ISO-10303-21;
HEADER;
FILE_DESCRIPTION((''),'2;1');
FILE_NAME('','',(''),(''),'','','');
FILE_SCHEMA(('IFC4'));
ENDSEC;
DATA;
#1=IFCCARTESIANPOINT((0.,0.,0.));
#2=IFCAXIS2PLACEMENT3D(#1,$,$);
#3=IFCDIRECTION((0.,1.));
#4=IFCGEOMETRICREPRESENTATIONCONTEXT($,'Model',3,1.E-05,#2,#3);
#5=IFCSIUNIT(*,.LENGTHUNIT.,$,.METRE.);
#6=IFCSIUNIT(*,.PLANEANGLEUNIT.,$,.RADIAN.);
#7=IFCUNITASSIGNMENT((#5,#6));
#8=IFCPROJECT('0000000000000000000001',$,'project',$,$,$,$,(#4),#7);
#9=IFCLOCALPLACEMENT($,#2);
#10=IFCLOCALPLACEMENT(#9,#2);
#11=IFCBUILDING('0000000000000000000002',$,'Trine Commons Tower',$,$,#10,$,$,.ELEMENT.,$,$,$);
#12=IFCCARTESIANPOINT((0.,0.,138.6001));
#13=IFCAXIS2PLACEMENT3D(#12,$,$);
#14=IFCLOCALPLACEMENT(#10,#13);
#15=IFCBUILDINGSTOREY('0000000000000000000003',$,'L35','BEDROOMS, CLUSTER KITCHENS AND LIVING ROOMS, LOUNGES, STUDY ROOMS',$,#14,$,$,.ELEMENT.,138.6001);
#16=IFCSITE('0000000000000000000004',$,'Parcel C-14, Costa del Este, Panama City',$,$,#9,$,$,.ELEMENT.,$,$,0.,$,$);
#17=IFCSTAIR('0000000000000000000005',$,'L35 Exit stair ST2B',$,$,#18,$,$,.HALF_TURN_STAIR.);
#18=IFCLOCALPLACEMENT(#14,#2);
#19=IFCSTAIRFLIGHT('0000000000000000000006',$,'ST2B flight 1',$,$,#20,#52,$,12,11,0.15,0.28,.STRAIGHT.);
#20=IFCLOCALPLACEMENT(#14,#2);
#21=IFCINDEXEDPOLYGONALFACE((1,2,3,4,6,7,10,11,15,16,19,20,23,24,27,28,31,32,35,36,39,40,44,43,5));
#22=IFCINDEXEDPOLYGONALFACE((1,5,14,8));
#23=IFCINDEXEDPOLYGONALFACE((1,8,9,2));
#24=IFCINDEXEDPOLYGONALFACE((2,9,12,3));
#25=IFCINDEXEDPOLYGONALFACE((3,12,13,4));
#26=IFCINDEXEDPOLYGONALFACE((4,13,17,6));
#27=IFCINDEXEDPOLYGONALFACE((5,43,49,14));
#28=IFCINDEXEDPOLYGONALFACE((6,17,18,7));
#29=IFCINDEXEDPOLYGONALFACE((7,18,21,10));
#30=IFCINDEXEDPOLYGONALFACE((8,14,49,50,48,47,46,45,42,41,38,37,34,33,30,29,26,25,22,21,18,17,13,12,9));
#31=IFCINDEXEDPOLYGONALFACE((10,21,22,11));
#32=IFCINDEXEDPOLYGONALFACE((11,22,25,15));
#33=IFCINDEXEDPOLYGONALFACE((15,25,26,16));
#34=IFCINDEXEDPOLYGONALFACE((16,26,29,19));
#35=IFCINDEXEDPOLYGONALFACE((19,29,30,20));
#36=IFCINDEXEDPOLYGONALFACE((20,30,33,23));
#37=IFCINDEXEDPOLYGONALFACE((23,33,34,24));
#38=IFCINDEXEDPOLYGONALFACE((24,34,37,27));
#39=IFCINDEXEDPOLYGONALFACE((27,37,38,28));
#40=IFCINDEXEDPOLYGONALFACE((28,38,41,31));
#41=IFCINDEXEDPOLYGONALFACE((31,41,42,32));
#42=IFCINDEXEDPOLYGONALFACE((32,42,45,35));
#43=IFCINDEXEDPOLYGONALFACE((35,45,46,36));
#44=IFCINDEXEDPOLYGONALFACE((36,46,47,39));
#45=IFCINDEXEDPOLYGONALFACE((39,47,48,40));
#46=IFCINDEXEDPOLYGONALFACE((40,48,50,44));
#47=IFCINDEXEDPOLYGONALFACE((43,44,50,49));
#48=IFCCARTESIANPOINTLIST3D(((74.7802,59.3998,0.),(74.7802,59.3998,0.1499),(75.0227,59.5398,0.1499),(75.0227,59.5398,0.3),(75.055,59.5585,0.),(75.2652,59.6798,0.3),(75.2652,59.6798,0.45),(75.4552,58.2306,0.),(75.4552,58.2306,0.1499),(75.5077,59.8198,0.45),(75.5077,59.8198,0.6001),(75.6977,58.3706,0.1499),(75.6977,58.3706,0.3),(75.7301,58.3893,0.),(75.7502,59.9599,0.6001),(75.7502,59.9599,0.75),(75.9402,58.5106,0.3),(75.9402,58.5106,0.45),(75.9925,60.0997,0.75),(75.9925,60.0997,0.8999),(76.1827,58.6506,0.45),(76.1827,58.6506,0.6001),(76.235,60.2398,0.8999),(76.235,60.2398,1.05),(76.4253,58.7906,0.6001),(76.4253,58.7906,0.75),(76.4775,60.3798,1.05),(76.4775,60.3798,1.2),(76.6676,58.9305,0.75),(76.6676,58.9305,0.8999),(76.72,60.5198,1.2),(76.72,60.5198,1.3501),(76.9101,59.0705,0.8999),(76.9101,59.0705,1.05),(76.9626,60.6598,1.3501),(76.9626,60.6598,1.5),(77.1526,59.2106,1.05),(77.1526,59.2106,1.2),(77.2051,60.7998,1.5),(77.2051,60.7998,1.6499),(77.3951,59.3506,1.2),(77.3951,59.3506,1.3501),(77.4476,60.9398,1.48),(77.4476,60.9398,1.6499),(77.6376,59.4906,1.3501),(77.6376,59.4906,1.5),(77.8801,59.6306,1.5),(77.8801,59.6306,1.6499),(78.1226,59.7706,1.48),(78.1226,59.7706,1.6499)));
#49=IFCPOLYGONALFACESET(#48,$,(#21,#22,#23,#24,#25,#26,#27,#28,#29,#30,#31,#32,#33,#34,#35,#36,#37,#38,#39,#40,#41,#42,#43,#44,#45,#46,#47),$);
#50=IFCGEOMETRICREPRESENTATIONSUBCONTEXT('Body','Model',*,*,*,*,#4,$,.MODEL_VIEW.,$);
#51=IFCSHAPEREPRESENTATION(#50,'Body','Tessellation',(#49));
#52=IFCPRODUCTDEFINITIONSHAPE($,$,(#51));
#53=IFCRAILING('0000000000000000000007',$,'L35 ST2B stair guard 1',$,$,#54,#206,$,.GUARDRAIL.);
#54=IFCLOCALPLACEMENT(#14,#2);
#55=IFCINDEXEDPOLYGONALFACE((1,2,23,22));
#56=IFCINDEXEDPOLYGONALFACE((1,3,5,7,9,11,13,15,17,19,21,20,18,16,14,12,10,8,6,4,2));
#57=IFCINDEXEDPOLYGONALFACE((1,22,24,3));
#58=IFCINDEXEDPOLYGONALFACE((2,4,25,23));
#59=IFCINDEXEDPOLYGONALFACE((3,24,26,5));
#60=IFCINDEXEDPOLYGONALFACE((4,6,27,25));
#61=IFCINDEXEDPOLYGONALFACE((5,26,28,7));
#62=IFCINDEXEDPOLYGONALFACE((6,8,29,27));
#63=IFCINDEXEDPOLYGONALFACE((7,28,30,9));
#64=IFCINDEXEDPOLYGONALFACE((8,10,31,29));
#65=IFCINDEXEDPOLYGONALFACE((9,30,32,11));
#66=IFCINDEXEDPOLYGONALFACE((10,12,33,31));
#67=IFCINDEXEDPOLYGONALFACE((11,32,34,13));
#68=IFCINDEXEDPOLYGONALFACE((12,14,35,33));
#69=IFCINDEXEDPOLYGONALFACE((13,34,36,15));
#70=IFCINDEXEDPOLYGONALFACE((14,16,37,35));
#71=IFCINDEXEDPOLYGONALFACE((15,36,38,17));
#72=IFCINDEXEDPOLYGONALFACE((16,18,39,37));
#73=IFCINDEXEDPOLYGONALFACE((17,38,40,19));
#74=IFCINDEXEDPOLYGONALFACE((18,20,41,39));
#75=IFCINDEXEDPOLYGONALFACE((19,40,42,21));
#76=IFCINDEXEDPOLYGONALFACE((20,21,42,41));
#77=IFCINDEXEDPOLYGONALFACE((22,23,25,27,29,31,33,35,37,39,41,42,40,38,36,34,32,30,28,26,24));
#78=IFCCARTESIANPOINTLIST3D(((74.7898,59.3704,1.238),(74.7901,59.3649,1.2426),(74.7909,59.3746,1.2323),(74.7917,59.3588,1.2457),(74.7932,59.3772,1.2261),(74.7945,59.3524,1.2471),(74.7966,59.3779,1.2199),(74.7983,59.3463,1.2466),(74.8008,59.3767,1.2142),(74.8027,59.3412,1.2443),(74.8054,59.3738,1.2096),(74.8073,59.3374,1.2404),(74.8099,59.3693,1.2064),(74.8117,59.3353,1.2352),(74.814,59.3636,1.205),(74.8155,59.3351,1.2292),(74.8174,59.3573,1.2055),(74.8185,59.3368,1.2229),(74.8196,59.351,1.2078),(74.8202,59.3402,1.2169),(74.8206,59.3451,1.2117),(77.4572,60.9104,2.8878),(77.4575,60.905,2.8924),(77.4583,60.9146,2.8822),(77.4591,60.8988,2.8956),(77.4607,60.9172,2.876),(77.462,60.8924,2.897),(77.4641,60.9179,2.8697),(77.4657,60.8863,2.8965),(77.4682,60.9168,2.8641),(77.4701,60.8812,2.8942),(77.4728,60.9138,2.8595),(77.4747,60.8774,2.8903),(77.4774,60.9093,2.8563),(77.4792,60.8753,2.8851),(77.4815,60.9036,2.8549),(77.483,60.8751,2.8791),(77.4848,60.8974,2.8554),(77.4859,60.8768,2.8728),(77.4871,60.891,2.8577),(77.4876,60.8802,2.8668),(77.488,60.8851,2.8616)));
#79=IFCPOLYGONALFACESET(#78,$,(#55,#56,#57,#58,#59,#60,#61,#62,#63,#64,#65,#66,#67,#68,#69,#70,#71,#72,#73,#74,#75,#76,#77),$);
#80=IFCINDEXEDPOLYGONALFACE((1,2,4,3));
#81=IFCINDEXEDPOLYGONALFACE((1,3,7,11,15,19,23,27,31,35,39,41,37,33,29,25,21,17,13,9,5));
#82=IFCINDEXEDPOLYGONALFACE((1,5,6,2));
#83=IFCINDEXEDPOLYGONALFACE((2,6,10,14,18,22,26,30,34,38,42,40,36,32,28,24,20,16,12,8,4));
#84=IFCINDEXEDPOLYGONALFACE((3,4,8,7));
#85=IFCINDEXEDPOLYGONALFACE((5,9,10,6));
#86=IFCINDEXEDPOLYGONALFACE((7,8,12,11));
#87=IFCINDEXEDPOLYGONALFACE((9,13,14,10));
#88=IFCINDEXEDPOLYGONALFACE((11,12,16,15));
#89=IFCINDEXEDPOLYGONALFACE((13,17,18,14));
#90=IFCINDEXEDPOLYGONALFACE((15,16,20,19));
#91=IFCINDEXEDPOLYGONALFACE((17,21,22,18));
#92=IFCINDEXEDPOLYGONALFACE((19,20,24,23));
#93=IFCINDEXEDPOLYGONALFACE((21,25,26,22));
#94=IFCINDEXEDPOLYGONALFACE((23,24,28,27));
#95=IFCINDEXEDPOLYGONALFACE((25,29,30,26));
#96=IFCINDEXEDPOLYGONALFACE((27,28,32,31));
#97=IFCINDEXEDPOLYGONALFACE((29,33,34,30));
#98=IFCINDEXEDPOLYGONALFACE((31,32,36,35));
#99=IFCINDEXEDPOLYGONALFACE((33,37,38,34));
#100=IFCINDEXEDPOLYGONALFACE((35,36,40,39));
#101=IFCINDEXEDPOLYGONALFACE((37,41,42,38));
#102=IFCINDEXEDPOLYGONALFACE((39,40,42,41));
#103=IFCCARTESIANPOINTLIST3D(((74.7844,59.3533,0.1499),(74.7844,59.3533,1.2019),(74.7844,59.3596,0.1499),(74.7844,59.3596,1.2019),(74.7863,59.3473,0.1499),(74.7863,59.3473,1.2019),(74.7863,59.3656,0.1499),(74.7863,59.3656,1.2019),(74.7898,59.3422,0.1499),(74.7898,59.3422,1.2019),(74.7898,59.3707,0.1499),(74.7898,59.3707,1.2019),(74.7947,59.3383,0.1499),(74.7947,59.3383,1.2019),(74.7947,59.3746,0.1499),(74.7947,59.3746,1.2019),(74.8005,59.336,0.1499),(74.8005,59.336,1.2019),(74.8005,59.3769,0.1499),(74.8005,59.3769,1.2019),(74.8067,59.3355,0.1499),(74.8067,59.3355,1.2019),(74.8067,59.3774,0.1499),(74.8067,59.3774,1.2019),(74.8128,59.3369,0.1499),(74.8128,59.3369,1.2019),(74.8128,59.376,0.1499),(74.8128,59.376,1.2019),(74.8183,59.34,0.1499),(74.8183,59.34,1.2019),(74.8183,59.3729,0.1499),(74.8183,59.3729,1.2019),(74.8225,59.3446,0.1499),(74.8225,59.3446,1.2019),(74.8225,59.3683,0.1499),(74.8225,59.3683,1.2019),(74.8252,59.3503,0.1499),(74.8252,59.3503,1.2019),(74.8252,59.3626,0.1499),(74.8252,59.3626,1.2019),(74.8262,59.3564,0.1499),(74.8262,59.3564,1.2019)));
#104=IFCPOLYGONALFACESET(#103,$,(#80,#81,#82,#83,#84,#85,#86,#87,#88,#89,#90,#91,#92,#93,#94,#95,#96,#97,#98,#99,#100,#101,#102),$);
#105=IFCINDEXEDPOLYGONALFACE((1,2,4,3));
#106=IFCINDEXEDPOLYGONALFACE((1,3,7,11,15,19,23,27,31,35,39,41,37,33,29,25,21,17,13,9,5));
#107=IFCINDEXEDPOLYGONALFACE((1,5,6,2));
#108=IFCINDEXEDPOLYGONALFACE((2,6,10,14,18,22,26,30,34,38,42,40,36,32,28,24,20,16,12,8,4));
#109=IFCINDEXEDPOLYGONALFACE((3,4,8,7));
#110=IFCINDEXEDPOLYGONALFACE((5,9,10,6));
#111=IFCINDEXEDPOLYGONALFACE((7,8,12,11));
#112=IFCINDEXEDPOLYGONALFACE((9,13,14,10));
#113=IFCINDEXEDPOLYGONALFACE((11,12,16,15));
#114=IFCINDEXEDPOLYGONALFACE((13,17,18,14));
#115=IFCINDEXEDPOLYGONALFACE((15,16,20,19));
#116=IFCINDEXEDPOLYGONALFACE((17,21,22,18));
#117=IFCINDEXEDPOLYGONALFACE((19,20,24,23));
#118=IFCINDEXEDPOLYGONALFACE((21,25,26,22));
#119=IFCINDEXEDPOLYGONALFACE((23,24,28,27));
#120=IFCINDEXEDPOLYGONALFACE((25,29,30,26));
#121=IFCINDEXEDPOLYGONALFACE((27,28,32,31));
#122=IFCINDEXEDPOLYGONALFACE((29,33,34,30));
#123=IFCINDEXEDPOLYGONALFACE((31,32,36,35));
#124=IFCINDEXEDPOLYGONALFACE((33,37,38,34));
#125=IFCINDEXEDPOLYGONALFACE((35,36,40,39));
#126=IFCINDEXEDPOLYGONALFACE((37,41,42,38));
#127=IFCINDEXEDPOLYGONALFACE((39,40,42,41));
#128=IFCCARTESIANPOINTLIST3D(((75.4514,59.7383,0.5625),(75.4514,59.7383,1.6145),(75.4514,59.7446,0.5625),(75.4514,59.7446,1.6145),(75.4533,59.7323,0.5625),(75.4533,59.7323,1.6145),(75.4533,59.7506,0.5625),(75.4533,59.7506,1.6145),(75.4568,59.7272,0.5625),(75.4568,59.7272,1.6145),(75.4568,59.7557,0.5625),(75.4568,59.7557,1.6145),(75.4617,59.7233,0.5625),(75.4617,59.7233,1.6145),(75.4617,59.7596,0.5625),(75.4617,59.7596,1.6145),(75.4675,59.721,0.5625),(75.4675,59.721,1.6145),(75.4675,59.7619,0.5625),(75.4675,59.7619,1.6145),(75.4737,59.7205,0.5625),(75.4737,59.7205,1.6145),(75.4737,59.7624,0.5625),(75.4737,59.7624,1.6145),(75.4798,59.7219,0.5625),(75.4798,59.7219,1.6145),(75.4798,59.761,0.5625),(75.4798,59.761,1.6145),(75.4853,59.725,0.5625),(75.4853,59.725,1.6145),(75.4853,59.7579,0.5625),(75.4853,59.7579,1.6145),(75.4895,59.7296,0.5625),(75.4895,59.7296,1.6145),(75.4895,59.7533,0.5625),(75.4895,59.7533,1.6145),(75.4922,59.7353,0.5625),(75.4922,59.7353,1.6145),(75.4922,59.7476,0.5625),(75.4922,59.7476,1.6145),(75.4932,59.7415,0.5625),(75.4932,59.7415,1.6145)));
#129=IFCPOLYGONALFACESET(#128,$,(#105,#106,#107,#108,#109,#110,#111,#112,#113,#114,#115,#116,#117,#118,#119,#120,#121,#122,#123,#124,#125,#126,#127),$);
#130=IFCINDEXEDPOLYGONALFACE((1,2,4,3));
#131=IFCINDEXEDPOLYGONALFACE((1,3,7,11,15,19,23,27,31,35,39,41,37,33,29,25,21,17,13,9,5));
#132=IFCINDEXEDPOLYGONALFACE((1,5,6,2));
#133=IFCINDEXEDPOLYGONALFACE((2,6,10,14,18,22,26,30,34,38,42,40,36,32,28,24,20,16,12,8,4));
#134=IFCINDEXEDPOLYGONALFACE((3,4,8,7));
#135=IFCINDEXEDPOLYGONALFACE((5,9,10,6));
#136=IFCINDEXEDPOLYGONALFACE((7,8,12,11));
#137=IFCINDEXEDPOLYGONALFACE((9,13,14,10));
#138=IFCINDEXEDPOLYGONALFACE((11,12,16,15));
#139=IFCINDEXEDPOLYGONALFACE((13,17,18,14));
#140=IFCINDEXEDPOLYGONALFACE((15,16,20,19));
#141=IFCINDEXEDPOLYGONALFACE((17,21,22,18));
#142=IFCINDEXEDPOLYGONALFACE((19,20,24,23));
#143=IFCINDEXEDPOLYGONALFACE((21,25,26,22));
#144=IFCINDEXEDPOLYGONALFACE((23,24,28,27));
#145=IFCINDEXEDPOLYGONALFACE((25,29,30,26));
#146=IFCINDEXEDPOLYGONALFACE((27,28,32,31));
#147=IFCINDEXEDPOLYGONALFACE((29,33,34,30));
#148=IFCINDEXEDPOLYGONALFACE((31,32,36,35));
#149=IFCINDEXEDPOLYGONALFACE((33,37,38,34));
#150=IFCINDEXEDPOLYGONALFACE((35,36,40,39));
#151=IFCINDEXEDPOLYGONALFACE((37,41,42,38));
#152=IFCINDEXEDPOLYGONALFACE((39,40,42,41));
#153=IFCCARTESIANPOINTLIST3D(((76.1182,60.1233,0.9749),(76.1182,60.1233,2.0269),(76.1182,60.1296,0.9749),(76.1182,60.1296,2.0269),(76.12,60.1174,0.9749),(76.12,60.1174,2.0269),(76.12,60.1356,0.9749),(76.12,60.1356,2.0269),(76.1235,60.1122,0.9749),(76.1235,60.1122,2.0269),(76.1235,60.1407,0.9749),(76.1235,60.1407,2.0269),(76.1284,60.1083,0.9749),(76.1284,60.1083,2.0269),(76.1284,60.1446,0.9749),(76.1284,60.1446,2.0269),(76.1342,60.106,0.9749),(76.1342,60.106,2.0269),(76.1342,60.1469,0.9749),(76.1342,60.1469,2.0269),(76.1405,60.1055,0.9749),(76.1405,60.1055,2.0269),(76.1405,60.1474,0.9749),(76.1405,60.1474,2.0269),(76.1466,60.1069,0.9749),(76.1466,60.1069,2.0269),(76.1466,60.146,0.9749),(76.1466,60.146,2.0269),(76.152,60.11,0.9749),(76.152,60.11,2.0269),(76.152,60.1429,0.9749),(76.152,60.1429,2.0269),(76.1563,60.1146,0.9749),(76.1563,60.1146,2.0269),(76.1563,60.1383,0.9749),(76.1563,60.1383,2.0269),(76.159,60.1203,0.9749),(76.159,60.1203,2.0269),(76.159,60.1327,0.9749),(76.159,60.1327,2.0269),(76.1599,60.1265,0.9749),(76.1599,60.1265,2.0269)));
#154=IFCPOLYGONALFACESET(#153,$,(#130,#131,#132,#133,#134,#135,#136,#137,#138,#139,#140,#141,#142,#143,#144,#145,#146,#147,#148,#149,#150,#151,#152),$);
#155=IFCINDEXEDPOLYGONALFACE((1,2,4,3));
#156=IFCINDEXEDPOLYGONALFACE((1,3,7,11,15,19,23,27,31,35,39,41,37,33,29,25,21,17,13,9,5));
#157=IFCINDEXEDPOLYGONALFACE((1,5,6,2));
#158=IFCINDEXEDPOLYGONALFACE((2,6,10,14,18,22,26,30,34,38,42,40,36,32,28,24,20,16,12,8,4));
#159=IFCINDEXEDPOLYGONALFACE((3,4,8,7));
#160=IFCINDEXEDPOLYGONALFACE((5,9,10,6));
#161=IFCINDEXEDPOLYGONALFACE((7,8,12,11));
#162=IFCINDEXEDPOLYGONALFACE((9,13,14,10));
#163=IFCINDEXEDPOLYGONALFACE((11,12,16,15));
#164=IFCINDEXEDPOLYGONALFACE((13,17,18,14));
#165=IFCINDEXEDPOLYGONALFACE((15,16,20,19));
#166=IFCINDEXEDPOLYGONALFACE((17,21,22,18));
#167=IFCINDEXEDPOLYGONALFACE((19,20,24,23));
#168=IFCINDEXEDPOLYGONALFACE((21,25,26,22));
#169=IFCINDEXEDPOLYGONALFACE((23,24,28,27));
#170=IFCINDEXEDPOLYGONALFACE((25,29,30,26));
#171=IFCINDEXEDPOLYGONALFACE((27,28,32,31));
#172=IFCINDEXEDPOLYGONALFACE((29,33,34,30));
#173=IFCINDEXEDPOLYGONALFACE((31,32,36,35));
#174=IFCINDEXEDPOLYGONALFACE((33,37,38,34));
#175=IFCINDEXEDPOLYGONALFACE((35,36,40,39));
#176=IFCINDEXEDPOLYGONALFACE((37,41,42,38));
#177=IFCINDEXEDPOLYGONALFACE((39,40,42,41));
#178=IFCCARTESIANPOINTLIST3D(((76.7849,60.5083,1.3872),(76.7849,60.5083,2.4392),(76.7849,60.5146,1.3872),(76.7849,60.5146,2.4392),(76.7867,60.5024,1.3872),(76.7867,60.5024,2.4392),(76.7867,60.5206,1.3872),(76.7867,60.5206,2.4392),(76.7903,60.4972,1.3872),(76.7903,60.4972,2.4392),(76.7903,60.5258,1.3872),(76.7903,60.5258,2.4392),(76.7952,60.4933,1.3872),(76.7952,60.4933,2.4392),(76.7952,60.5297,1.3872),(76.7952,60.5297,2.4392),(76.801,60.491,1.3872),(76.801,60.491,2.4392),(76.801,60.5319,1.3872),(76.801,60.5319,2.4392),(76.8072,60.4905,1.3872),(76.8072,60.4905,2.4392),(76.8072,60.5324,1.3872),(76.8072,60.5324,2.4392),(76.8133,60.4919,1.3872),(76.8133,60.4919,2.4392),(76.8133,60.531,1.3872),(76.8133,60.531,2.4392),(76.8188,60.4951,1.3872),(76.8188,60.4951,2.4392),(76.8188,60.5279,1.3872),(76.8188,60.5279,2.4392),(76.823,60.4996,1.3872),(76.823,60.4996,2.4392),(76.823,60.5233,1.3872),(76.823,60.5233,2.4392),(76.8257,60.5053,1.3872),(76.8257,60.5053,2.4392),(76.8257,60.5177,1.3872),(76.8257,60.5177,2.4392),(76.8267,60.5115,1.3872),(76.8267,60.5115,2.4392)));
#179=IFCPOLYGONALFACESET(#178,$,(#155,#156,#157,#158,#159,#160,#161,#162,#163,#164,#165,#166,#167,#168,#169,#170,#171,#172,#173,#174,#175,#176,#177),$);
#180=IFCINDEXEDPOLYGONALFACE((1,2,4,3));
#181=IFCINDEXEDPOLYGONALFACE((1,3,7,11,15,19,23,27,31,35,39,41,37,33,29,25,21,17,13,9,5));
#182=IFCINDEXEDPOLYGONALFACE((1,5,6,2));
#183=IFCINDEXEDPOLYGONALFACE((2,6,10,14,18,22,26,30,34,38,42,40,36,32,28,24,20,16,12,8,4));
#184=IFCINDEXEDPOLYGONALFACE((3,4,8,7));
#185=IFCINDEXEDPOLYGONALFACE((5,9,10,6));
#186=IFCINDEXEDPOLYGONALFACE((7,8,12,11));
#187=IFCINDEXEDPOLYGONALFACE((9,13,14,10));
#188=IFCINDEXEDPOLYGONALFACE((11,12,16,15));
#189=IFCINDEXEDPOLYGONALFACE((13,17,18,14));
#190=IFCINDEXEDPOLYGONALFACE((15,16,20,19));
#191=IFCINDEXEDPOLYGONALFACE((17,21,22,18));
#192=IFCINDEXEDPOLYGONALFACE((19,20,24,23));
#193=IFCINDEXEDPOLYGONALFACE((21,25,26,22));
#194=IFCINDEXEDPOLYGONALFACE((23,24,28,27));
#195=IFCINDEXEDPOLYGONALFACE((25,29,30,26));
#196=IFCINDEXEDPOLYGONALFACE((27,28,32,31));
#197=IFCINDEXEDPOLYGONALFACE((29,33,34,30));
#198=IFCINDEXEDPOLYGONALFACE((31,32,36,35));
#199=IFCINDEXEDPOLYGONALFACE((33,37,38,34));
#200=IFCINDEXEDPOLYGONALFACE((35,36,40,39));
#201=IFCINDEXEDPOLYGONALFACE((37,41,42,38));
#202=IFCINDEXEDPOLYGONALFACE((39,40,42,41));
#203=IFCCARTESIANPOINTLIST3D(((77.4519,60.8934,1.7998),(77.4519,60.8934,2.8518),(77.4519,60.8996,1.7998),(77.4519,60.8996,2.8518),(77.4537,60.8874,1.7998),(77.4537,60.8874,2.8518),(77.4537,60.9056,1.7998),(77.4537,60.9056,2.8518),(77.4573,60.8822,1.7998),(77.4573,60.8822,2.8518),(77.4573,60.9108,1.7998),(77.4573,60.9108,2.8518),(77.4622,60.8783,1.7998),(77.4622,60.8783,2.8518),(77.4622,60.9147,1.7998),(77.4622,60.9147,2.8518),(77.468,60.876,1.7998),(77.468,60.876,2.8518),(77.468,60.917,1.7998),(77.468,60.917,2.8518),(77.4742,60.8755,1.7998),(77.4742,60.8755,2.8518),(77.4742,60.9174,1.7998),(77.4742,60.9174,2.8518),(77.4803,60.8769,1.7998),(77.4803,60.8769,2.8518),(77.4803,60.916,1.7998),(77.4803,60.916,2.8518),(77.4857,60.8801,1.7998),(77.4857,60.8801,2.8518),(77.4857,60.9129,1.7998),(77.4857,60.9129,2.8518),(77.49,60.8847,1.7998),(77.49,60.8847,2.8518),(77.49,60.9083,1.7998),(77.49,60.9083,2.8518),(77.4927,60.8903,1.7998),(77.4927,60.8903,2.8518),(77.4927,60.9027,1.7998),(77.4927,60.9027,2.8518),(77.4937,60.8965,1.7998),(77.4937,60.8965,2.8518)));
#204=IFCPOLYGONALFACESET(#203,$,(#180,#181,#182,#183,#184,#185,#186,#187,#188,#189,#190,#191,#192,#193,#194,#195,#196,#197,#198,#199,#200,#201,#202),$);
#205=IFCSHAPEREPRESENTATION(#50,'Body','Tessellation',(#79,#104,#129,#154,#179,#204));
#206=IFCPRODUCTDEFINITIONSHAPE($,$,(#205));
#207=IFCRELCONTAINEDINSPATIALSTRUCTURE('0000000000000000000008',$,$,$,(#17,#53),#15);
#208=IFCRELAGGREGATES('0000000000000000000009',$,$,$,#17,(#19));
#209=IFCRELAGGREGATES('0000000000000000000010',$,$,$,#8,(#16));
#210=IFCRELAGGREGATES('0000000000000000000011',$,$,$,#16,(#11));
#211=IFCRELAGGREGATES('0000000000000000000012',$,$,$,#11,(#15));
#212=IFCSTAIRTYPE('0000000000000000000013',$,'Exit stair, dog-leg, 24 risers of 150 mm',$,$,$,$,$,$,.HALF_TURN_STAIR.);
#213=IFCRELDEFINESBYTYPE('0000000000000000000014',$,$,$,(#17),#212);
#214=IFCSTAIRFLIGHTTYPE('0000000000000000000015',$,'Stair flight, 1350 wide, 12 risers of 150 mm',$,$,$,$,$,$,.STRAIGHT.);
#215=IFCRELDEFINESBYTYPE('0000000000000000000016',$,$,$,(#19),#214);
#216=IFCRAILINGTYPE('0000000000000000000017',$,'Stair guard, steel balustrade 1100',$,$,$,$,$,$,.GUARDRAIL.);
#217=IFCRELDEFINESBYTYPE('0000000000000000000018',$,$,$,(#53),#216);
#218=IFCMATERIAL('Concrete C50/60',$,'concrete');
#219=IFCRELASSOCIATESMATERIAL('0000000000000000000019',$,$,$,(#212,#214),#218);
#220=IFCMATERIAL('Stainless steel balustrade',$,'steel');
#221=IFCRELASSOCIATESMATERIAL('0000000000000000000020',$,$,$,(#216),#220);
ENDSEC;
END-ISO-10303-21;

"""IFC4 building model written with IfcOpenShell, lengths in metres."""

from ifc_helpers import new_model, si_unit, direction, frame, origin, origin_2d, place, context, subcontext, project, spatial, polyline, circle, outline, extrude, material, type_object, element, aggregate, save


model = new_model("IFC4")

# Units and contexts
model_context = context("Model", 3, precision=1e-05, world=origin(), true_north=direction((0.0, 1.0)))
body_context = subcontext(model_context, "Body", "Model", "MODEL_VIEW")
ifc_project = project(units=[si_unit("LENGTHUNIT", "METRE"), si_unit("PLANEANGLEUNIT", "RADIAN")], contexts=[model_context])

# Site, building, storey
site_placement = place(None, origin())
site = spatial("IfcSite", under=ifc_project, at=site_placement, Name="Parcel C-14, Costa del Este, Panama City", CompositionType="ELEMENT", RefElevation=0.0)
building_placement = place(site_placement, origin())
building = spatial("IfcBuilding", under=site, at=building_placement, Name="Trine Commons Tower", CompositionType="ELEMENT")
storey_placement = place(building_placement, frame((0.0, 0.0, 138.6001)))
storey = spatial("IfcBuildingStorey", under=building, at=storey_placement, Name="L35", Description="BEDROOMS, CLUSTER KITCHENS AND LIVING ROOMS, LOUNGES, STUDY ROOMS", CompositionType="ELEMENT", Elevation=138.6001)

# Stair, stair flight
ifc_material_1 = material(Name="Concrete C50/60", Category="concrete")
stair_type = type_object("IfcStairType", Name="Exit stair, dog-leg, 24 risers of 150 mm", PredefinedType="HALF_TURN_STAIR", material=ifc_material_1)
stair_placement = place(storey_placement, origin())
stair = element("IfcStair", 1, at=stair_placement, inside=storey, type_object=stair_type, Name="L35 Exit stair ST2B", PredefinedType="HALF_TURN_STAIR")
stair_flight_type = type_object("IfcStairFlightType", Name="Stair flight, 1350 wide, 12 risers of 150 mm", PredefinedType="STRAIGHT", material=ifc_material_1)
stair_flight_placement = place(storey_placement, frame((75.1177, 58.8152, 0.0), z_axis=(0.0, 0.0, 1.0), x_axis=(0.866025, 0.5, 0.0)))
stair_flight = element("IfcStairFlight", 2, at=stair_flight_placement, type_object=stair_flight_type, Name="ST2B flight 1", NumberOfRisers=12, NumberOfTreads=11, PredefinedType="STRAIGHT", RiserHeight=0.15, TreadLength=0.28, context=body_context, shape_type="SweptSolid", body=[
    extrude(outline(polyline([(0.0, 0.0), (0.0, 0.1499), (0.28, 0.1499), (0.28, 0.3), (0.5601, 0.3), (0.5601, 0.45), (0.8401, 0.45), (0.8401, 0.6001), (1.1201, 0.6001), (1.1201, 0.75), (1.3999, 0.75), (1.3999, 0.8999), (1.6799, 0.8999), (1.6799, 1.05), (1.96, 1.05), (1.96, 1.2), (2.24, 1.2), (2.24, 1.3501), (2.52, 1.3501), (2.52, 1.5), (2.8, 1.5), (2.8, 1.6499), (3.0801, 1.6499), (3.0801, 1.8), (3.0801, 1.48), (0.3174, 0.0), (0.0, 0.0)])), frame((0.0, 0.675, 0.0), z_axis=(0.0, -1.0, 0.0), x_axis=(1.0, 0.0, 0.0)), (0.0, 0.0, 1.0), 1.3501),
])
aggregate(stair, [stair_flight])

# Railing
ifc_material_2 = material(Name="Stainless steel balustrade", Category="steel")
railing_type_1 = type_object("IfcRailingType", Name="Stair guard, steel balustrade 1100", PredefinedType="GUARDRAIL", material=ifc_material_2)
railing_1_placement = place(storey_placement, frame((74.8052, 59.3564, 0.1499)))
element("IfcRailing", 3, at=railing_1_placement, inside=storey, type_object=railing_type_1, Name="L35 ST2B stair guard 1", PredefinedType="GUARDRAIL", context=body_context, shape_type="SweptSolid", body=[
    extrude(circle(Radius=0.0239, at=origin_2d()), frame((0.0, 0.0, 1.0762), z_axis=(0.763405, 0.440743, 0.472185), x_axis=(-0.499992, 0.86603, 0.0)), (0.0, 0.0, 1.0), 3.4941),
    extrude(circle(Radius=0.021, at=origin_2d()), origin(), (0.0, 0.0, 1.0), 1.052),
    extrude(circle(Radius=0.021, at=origin_2d()), frame((0.667, 0.385, 0.4126)), (0.0, 0.0, 1.0), 1.052),
    extrude(circle(Radius=0.021, at=origin_2d()), frame((1.3337, 0.77, 0.825)), (0.0, 0.0, 1.0), 1.052),
    extrude(circle(Radius=0.021, at=origin_2d()), frame((2.0005, 1.155, 1.2373)), (0.0, 0.0, 1.0), 1.052),
    extrude(circle(Radius=0.021, at=origin_2d()), frame((2.6675, 1.54, 1.6499)), (0.0, 0.0, 1.0), 1.052),
])

save(model, "model.ifc")
